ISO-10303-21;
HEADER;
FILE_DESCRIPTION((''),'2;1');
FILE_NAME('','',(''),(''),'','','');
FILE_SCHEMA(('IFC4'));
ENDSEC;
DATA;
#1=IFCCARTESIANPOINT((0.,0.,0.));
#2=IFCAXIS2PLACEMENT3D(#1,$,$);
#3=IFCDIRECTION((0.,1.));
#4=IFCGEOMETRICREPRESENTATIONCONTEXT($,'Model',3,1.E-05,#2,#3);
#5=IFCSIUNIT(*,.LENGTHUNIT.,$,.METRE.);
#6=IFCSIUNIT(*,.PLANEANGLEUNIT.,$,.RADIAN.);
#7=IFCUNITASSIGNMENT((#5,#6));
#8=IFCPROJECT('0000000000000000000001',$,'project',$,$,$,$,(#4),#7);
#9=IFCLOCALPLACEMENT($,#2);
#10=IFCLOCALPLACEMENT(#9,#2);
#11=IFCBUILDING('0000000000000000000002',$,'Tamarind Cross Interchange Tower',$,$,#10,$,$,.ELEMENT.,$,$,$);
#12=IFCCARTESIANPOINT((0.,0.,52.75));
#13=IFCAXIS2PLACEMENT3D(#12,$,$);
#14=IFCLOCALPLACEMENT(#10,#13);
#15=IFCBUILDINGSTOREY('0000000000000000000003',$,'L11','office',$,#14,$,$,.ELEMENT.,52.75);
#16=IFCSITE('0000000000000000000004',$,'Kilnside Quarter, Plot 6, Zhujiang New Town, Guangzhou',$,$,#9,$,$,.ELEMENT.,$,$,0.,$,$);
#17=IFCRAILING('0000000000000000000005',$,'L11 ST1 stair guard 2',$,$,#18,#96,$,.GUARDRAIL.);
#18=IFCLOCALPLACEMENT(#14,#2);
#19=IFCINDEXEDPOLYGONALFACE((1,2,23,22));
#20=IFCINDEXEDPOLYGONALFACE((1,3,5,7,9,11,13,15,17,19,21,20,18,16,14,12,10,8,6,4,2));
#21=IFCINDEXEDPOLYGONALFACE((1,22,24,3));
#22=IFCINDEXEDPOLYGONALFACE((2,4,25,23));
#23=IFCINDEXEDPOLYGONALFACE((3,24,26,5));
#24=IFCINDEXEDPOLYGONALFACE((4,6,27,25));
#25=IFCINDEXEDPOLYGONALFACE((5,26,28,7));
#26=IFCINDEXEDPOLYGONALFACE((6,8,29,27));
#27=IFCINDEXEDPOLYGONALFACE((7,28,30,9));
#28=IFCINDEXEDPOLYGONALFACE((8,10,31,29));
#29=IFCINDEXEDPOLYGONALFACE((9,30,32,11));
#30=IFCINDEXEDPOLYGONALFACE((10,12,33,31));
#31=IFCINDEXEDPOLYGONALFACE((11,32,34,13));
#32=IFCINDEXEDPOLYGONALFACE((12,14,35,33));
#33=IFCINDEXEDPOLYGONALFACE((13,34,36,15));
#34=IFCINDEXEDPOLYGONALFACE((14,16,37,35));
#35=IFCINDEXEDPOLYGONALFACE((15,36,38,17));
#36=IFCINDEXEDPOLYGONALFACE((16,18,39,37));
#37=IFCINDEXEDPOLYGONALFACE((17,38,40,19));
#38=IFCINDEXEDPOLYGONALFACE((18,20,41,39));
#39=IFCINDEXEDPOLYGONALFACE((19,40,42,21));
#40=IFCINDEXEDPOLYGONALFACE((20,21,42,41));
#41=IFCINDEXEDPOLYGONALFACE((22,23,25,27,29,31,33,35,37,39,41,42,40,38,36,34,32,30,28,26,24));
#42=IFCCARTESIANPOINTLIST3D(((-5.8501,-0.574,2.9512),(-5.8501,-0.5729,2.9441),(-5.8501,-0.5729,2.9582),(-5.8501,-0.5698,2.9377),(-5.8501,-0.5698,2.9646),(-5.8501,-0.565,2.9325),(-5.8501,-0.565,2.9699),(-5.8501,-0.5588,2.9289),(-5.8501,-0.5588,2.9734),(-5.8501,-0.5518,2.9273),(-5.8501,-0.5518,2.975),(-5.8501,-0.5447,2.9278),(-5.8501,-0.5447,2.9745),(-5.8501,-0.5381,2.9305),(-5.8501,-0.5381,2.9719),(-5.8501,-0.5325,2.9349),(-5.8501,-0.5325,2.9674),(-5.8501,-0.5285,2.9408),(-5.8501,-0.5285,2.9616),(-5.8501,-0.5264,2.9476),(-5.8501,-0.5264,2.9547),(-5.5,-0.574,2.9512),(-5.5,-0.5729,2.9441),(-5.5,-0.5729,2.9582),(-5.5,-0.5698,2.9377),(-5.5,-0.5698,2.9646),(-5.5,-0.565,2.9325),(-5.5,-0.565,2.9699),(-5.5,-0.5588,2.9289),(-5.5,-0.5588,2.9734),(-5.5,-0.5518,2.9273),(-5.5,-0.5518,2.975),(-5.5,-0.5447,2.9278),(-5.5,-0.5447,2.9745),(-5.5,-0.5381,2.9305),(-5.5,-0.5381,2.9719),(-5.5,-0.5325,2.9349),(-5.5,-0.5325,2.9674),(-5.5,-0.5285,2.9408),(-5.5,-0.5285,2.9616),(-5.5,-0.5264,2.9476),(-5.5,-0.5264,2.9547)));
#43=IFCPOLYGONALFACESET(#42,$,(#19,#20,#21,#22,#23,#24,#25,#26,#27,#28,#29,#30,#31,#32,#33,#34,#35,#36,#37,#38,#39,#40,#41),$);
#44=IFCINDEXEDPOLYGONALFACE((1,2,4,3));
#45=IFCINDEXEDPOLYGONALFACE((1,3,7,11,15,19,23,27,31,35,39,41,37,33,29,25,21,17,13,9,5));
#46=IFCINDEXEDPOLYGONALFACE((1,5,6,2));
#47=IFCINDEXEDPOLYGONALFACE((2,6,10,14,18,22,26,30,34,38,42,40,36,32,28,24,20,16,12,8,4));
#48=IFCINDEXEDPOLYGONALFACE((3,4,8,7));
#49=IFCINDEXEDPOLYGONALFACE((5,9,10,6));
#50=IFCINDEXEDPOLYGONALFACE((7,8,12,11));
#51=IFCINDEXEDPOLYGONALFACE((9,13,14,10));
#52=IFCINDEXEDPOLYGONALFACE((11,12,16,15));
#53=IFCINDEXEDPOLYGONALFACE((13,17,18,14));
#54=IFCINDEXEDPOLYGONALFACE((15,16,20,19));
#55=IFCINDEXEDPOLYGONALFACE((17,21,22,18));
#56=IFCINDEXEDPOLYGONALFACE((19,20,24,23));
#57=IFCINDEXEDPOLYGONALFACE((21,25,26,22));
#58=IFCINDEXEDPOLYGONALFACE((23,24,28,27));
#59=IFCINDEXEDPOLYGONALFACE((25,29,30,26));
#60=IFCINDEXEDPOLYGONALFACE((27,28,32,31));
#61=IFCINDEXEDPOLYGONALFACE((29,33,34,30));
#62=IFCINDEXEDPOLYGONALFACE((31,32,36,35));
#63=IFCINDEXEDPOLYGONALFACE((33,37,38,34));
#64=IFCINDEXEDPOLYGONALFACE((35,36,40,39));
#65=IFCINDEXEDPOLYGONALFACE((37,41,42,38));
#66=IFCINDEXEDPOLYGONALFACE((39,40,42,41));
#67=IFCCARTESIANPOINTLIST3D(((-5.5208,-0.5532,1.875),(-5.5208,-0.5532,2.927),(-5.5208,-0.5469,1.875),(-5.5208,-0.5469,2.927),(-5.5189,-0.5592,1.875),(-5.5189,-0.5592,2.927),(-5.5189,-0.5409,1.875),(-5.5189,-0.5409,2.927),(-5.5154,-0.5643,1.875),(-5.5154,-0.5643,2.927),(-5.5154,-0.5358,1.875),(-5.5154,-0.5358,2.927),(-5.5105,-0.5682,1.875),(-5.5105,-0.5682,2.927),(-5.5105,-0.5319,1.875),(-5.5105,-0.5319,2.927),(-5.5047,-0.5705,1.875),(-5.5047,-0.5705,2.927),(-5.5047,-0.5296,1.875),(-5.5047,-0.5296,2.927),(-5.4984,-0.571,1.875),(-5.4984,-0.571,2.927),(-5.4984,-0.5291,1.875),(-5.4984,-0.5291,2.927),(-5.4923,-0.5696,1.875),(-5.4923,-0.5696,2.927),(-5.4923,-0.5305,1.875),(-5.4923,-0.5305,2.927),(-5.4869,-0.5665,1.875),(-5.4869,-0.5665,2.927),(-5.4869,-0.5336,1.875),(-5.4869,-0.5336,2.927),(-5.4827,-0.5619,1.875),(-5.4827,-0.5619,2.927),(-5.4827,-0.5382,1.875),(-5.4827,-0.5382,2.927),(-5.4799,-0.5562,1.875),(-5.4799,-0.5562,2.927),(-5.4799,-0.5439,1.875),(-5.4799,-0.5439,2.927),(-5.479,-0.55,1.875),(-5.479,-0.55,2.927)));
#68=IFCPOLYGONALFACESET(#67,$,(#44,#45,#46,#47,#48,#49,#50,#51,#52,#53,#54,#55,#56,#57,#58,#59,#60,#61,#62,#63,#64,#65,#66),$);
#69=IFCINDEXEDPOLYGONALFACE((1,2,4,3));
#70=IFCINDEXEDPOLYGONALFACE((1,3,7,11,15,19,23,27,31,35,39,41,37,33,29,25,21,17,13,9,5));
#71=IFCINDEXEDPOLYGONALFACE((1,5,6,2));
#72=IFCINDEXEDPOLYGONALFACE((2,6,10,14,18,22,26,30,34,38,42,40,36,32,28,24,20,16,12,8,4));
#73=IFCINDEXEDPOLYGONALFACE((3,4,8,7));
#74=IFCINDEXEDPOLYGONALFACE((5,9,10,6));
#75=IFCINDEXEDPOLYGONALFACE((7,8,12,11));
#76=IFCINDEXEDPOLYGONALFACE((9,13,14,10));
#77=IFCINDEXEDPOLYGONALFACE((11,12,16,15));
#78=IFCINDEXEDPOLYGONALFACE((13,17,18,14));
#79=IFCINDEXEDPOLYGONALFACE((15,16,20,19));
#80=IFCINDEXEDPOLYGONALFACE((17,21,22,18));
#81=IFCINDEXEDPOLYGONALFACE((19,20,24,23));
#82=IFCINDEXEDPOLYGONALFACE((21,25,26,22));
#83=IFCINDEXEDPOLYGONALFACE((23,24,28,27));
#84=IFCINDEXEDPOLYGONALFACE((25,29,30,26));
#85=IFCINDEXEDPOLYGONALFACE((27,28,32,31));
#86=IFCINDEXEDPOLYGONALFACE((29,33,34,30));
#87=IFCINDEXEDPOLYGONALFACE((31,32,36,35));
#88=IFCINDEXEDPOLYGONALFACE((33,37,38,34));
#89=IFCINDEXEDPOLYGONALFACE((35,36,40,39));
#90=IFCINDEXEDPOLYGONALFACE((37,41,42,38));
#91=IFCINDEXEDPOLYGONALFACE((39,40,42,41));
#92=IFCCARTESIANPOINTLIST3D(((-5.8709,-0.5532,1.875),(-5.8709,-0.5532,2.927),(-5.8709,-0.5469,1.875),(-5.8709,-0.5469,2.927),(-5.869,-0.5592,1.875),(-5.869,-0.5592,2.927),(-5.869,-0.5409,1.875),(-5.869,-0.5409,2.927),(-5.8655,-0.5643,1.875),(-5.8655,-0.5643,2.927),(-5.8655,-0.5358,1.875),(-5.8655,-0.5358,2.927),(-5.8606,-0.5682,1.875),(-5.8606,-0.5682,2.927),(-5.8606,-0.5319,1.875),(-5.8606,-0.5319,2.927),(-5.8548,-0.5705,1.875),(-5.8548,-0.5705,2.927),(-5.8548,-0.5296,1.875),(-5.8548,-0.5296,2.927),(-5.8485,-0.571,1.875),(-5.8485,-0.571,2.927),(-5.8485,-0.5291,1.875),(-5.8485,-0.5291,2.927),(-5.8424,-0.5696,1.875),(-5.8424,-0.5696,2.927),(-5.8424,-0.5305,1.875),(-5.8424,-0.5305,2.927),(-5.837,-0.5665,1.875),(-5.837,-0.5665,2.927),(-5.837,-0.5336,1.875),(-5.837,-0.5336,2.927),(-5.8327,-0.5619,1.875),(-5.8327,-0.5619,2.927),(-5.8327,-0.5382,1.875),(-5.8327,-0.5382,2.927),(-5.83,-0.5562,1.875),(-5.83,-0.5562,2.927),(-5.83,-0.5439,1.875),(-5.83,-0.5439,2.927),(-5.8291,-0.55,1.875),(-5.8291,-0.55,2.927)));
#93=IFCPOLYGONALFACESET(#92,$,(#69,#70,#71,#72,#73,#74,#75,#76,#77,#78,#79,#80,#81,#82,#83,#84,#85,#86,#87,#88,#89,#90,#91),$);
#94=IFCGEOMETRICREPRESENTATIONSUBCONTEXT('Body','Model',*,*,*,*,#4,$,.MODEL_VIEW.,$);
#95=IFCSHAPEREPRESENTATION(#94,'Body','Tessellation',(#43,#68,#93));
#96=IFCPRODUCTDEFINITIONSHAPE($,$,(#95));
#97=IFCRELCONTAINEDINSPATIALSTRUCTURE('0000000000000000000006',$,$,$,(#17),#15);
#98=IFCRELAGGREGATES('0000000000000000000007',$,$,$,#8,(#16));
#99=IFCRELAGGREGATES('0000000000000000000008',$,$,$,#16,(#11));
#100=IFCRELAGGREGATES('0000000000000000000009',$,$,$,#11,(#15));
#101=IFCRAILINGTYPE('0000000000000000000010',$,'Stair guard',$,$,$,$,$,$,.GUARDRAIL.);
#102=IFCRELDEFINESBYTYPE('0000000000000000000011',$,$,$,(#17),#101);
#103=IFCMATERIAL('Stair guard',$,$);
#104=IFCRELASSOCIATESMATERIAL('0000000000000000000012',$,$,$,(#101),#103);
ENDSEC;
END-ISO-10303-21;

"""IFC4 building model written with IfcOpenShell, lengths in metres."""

from ifc_helpers import new_model, si_unit, direction, frame, origin, origin_2d, place, context, subcontext, project, spatial, circle, extrude, material, type_object, element, save


model = new_model("IFC4")

# Units and contexts
model_context = context("Model", 3, precision=1e-05, world=origin(), true_north=direction((0.0, 1.0)))
body_context = subcontext(model_context, "Body", "Model", "MODEL_VIEW")
ifc_project = project(units=[si_unit("LENGTHUNIT", "METRE"), si_unit("PLANEANGLEUNIT", "RADIAN")], contexts=[model_context])

# Site, building, storey
site_placement = place(None, origin())
site = spatial("IfcSite", under=ifc_project, at=site_placement, Name="Kilnside Quarter, Plot 6, Zhujiang New Town, Guangzhou", CompositionType="ELEMENT", RefElevation=0.0)
building_placement = place(site_placement, origin())
building = spatial("IfcBuilding", under=site, at=building_placement, Name="Tamarind Cross Interchange Tower", CompositionType="ELEMENT")
storey_placement = place(building_placement, frame((0.0, 0.0, 52.75)))
storey = spatial("IfcBuildingStorey", under=building, at=storey_placement, Name="L11", Description="office", CompositionType="ELEMENT", Elevation=52.75)

# Railing
ifc_material_1 = material(Name="Stair guard")
railing_type_1 = type_object("IfcRailingType", Name="Stair guard", PredefinedType="GUARDRAIL", material=ifc_material_1)
railing_1_placement = place(storey_placement, frame((-5.5, -0.55, 1.875)))
element("IfcRailing", 1, at=railing_1_placement, inside=storey, type_object=railing_type_1, Name="L11 ST1 stair guard 2", PredefinedType="GUARDRAIL", context=body_context, shape_type="SweptSolid", body=[
    extrude(circle(Radius=0.0239, at=origin_2d()), frame((0.0, 0.0, 1.0762), z_axis=(-1.0, 0.0, 0.0), x_axis=(0.0, -1.0, 0.0)), (0.0, 0.0, 1.0), 0.3501),
    extrude(circle(Radius=0.021, at=origin_2d()), origin(), (0.0, 0.0, 1.0), 1.052),
    extrude(circle(Radius=0.021, at=origin_2d()), frame((-0.3501, 0.0, 0.0)), (0.0, 0.0, 1.0), 1.052),
])

save(model, "model.ifc")
